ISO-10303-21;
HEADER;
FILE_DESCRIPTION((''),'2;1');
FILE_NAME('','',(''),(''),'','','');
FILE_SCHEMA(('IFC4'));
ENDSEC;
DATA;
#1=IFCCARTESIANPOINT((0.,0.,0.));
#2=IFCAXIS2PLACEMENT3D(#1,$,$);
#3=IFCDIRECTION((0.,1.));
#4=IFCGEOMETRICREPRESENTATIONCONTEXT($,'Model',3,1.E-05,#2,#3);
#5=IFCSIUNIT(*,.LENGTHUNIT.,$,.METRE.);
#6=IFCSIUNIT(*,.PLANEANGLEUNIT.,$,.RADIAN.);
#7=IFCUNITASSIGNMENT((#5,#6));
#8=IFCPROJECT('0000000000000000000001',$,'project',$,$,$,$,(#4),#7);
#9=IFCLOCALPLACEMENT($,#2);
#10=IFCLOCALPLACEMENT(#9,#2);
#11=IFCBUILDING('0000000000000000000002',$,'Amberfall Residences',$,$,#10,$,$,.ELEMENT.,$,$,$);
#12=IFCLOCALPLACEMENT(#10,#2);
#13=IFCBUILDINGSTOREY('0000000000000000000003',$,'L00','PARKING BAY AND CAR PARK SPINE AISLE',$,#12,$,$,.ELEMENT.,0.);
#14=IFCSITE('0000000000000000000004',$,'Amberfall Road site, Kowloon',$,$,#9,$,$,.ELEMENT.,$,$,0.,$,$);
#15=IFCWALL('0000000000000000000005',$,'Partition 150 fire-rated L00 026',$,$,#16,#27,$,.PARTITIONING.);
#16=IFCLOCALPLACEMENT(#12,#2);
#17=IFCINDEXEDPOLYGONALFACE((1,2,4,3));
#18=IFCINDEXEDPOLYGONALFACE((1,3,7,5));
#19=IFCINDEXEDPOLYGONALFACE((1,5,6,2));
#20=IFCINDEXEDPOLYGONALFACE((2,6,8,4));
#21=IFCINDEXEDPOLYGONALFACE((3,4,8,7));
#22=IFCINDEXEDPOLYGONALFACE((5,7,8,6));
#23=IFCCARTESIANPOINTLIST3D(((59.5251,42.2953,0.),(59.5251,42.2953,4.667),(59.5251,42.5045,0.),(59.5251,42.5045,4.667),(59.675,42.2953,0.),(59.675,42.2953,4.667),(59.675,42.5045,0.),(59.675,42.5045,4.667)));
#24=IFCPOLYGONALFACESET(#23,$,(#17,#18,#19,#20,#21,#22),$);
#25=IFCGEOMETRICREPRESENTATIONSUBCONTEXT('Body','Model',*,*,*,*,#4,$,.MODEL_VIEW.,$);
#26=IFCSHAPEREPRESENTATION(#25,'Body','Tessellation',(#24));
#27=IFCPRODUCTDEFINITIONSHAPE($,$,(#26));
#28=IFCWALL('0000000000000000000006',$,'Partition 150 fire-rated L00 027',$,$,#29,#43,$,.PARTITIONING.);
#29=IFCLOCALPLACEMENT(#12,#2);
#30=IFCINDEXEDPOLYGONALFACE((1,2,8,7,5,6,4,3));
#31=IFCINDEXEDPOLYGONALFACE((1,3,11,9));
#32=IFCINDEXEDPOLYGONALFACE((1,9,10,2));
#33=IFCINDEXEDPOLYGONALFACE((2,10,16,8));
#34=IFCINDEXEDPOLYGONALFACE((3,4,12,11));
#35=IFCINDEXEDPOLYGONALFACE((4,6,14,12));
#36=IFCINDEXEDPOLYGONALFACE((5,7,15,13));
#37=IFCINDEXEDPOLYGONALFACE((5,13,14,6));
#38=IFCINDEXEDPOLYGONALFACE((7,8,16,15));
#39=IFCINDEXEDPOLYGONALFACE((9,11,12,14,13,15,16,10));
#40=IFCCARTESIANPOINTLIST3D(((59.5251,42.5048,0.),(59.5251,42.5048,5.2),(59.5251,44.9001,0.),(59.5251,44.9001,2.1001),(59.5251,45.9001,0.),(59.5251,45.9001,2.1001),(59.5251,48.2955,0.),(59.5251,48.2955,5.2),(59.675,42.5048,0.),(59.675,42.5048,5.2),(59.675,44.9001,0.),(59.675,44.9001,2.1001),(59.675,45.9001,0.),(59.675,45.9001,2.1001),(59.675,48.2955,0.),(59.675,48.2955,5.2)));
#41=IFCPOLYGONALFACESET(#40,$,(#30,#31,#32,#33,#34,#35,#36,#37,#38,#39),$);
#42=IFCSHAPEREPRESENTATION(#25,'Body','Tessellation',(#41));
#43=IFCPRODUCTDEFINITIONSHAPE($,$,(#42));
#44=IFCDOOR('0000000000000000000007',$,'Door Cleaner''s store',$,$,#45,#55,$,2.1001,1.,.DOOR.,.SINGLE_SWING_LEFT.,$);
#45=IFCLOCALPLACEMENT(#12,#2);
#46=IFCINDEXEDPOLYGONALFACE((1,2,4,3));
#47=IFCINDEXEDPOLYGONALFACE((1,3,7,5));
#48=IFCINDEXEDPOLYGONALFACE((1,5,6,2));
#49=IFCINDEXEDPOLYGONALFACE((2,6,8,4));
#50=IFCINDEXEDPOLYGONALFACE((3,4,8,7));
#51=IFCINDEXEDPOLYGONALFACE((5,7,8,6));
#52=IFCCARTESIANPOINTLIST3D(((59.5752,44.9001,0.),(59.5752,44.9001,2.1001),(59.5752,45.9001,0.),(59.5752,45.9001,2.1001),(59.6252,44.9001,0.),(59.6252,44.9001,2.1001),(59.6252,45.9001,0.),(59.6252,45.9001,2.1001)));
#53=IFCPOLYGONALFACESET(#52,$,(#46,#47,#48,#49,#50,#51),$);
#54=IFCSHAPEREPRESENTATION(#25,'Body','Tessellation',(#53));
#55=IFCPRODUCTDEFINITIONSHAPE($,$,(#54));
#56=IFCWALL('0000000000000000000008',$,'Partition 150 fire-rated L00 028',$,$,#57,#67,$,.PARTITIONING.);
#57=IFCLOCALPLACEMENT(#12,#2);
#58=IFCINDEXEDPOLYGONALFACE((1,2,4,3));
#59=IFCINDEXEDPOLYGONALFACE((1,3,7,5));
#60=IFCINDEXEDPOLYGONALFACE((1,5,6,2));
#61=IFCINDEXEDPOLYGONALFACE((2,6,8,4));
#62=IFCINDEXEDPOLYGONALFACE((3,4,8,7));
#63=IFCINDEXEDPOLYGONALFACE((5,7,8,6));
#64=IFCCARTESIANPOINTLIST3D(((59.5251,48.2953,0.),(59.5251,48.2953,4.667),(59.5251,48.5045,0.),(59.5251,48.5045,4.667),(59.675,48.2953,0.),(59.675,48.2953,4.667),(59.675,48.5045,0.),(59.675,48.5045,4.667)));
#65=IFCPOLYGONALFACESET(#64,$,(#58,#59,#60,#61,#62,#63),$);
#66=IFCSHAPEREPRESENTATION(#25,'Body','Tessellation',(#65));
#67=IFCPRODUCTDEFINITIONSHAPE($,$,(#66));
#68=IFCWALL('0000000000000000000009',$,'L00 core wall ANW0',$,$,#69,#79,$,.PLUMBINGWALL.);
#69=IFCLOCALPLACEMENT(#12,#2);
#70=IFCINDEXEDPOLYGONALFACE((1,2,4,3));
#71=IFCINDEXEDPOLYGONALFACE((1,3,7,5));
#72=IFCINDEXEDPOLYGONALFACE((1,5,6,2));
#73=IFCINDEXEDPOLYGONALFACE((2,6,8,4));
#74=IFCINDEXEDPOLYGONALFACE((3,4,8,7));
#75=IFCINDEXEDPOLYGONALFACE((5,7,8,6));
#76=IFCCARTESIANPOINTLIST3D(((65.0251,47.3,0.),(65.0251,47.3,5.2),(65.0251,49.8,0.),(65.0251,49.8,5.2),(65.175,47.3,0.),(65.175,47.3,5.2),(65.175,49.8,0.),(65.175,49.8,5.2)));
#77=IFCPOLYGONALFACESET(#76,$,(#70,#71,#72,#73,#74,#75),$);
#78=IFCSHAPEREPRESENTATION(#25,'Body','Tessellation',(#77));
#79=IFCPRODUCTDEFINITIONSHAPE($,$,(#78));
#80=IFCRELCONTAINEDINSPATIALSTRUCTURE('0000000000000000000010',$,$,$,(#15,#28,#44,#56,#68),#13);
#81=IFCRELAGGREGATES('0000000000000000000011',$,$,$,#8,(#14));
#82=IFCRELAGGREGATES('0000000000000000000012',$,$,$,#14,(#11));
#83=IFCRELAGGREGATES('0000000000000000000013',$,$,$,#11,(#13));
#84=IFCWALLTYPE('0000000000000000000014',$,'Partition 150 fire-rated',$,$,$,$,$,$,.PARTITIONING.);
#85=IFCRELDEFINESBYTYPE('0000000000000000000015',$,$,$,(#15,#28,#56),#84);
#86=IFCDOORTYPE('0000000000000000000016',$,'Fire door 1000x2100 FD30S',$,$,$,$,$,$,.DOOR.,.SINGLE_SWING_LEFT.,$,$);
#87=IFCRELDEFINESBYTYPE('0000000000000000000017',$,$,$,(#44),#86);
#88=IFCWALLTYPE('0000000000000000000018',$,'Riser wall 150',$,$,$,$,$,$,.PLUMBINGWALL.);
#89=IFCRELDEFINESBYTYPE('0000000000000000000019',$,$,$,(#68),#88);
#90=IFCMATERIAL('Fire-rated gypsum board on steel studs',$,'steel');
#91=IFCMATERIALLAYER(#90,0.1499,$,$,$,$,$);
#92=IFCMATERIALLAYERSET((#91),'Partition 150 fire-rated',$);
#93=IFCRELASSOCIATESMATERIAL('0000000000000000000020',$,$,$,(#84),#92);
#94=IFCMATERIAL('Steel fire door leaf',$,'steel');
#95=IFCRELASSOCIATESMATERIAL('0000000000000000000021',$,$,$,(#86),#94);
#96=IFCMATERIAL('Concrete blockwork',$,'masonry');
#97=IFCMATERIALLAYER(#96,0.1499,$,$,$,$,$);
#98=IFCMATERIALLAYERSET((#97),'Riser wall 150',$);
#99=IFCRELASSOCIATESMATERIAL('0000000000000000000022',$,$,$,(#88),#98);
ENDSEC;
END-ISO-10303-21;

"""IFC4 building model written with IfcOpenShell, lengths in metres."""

from ifc_helpers import new_model, si_unit, direction, frame, frame_2d, origin, place, context, subcontext, project, spatial, rectangle, extrude, material, layer, layer_set, type_object, element, fill, save


model = new_model("IFC4")

# Units and contexts
model_context = context("Model", 3, precision=1e-05, world=origin(), true_north=direction((0.0, 1.0)))
body_context = subcontext(model_context, "Body", "Model", "MODEL_VIEW")
ifc_project = project(units=[si_unit("LENGTHUNIT", "METRE"), si_unit("PLANEANGLEUNIT", "RADIAN")], contexts=[model_context])

# Site, building, storey
site_placement = place(None, origin())
site = spatial("IfcSite", under=ifc_project, at=site_placement, Name="Amberfall Road site, Kowloon", CompositionType="ELEMENT", RefElevation=0.0)
building_placement = place(site_placement, origin())
building = spatial("IfcBuilding", under=site, at=building_placement, Name="Amberfall Residences", CompositionType="ELEMENT")
storey_placement = place(building_placement, origin())
storey = spatial("IfcBuildingStorey", under=building, at=storey_placement, Name="L00", Description="PARKING BAY AND CAR PARK SPINE AISLE", CompositionType="ELEMENT", Elevation=0.0)

# Wall
ifc_material_1 = material(Name="Fire-rated gypsum board on steel studs", Category="steel")
ifc_layer_1 = layer(ifc_material_1, 0.1499)
ifc_layer_set_1 = layer_set([ifc_layer_1], Name="Partition 150 fire-rated")
wall_type_1 = type_object("IfcWallType", Name="Partition 150 fire-rated", PredefinedType="PARTITIONING", material=ifc_layer_set_1)
wall_1_placement = place(storey_placement, frame((59.6001, 42.2954, 0.0), z_axis=(0.0, 0.0, 1.0), x_axis=(0.0, 1.0, 0.0)))
element("IfcWall", 1, at=wall_1_placement, inside=storey, type_object=wall_type_1, Name="Partition 150 fire-rated L00 026", PredefinedType="PARTITIONING", context=body_context, shape_type="SweptSolid", body=[
    extrude(rectangle(XDim=0.2092, YDim=0.1499, at=frame_2d((0.1045, 0.0))), origin(), (0.0, 0.0, 1.0), 4.667),
])

# Wall, opening, door
wall_2_placement = place(storey_placement, frame((59.6001, 42.5046, 0.0), z_axis=(0.0, 0.0, 1.0), x_axis=(0.0, 1.0, 0.0)))
wall_2 = element("IfcWall", 2, at=wall_2_placement, inside=storey, type_object=wall_type_1, Name="Partition 150 fire-rated L00 027", PredefinedType="PARTITIONING", context=body_context, shape_type="SweptSolid", body=[
    extrude(rectangle(XDim=5.7908, YDim=0.1499, at=frame_2d((2.8955, 0.0))), origin(), (0.0, 0.0, 1.0), 5.2),
])
opening_placement = place(wall_2_placement, frame((2.3955, 0.0, 0.0)))
opening = element("IfcOpeningElement", 3, at=opening_placement, cuts=wall_2, PredefinedType="OPENING", context=body_context, shape_type="SweptSolid", body=[
    extrude(rectangle(XDim=1.0, YDim=2.1001, at=frame_2d((0.5, 1.05))), frame((0.0, 0.085, 0.0), z_axis=(0.0, -1.0, 0.0), x_axis=(1.0, 0.0, 0.0)), (0.0, 0.0, 1.0), 0.1699),
])
ifc_material_2 = material(Name="Steel fire door leaf", Category="steel")
door_type = type_object("IfcDoorType", Name="Fire door 1000x2100 FD30S", OperationType="SINGLE_SWING_LEFT", PredefinedType="DOOR", material=ifc_material_2)
door_placement = place(opening_placement, origin())
door = element("IfcDoor", 4, at=door_placement, inside=storey, type_object=door_type, Name="Door Cleaner's store", OperationType="SINGLE_SWING_LEFT", OverallHeight=2.1001, OverallWidth=1.0, PredefinedType="DOOR", context=body_context, shape_type="SweptSolid", body=[
    extrude(rectangle(XDim=1.0, YDim=2.1001, at=frame_2d((0.5, 1.05))), frame((0.0, 0.0249, 0.0), z_axis=(0.0, -1.0, 0.0), x_axis=(1.0, 0.0, 0.0)), (0.0, 0.0, 1.0), 0.05),
])
fill(opening, door)

# Walls
wall_3_placement = place(storey_placement, frame((59.6001, 48.2954, 0.0), z_axis=(0.0, 0.0, 1.0), x_axis=(0.0, 1.0, 0.0)))
element("IfcWall", 5, at=wall_3_placement, inside=storey, type_object=wall_type_1, Name="Partition 150 fire-rated L00 028", PredefinedType="PARTITIONING", context=body_context, shape_type="SweptSolid", body=[
    extrude(rectangle(XDim=0.2092, YDim=0.1499, at=frame_2d((0.1045, 0.0))), origin(), (0.0, 0.0, 1.0), 4.667),
])
ifc_material_3 = material(Name="Concrete blockwork", Category="masonry")
ifc_layer_2 = layer(ifc_material_3, 0.1499)
ifc_layer_set_2 = layer_set([ifc_layer_2], Name="Riser wall 150")
wall_type_2 = type_object("IfcWallType", Name="Riser wall 150", PredefinedType="PLUMBINGWALL", material=ifc_layer_set_2)
wall_4_placement = place(storey_placement, frame((65.1001, 47.3, 0.0), z_axis=(0.0, 0.0, 1.0), x_axis=(0.0, 1.0, 0.0)))
element("IfcWall", 6, at=wall_4_placement, inside=storey, type_object=wall_type_2, Name="L00 core wall ANW0", PredefinedType="PLUMBINGWALL", context=body_context, shape_type="SweptSolid", body=[
    extrude(rectangle(XDim=2.5, YDim=0.1499, at=frame_2d((1.25, 0.0))), origin(), (0.0, 0.0, 1.0), 5.2),
])

save(model, "model.ifc")
